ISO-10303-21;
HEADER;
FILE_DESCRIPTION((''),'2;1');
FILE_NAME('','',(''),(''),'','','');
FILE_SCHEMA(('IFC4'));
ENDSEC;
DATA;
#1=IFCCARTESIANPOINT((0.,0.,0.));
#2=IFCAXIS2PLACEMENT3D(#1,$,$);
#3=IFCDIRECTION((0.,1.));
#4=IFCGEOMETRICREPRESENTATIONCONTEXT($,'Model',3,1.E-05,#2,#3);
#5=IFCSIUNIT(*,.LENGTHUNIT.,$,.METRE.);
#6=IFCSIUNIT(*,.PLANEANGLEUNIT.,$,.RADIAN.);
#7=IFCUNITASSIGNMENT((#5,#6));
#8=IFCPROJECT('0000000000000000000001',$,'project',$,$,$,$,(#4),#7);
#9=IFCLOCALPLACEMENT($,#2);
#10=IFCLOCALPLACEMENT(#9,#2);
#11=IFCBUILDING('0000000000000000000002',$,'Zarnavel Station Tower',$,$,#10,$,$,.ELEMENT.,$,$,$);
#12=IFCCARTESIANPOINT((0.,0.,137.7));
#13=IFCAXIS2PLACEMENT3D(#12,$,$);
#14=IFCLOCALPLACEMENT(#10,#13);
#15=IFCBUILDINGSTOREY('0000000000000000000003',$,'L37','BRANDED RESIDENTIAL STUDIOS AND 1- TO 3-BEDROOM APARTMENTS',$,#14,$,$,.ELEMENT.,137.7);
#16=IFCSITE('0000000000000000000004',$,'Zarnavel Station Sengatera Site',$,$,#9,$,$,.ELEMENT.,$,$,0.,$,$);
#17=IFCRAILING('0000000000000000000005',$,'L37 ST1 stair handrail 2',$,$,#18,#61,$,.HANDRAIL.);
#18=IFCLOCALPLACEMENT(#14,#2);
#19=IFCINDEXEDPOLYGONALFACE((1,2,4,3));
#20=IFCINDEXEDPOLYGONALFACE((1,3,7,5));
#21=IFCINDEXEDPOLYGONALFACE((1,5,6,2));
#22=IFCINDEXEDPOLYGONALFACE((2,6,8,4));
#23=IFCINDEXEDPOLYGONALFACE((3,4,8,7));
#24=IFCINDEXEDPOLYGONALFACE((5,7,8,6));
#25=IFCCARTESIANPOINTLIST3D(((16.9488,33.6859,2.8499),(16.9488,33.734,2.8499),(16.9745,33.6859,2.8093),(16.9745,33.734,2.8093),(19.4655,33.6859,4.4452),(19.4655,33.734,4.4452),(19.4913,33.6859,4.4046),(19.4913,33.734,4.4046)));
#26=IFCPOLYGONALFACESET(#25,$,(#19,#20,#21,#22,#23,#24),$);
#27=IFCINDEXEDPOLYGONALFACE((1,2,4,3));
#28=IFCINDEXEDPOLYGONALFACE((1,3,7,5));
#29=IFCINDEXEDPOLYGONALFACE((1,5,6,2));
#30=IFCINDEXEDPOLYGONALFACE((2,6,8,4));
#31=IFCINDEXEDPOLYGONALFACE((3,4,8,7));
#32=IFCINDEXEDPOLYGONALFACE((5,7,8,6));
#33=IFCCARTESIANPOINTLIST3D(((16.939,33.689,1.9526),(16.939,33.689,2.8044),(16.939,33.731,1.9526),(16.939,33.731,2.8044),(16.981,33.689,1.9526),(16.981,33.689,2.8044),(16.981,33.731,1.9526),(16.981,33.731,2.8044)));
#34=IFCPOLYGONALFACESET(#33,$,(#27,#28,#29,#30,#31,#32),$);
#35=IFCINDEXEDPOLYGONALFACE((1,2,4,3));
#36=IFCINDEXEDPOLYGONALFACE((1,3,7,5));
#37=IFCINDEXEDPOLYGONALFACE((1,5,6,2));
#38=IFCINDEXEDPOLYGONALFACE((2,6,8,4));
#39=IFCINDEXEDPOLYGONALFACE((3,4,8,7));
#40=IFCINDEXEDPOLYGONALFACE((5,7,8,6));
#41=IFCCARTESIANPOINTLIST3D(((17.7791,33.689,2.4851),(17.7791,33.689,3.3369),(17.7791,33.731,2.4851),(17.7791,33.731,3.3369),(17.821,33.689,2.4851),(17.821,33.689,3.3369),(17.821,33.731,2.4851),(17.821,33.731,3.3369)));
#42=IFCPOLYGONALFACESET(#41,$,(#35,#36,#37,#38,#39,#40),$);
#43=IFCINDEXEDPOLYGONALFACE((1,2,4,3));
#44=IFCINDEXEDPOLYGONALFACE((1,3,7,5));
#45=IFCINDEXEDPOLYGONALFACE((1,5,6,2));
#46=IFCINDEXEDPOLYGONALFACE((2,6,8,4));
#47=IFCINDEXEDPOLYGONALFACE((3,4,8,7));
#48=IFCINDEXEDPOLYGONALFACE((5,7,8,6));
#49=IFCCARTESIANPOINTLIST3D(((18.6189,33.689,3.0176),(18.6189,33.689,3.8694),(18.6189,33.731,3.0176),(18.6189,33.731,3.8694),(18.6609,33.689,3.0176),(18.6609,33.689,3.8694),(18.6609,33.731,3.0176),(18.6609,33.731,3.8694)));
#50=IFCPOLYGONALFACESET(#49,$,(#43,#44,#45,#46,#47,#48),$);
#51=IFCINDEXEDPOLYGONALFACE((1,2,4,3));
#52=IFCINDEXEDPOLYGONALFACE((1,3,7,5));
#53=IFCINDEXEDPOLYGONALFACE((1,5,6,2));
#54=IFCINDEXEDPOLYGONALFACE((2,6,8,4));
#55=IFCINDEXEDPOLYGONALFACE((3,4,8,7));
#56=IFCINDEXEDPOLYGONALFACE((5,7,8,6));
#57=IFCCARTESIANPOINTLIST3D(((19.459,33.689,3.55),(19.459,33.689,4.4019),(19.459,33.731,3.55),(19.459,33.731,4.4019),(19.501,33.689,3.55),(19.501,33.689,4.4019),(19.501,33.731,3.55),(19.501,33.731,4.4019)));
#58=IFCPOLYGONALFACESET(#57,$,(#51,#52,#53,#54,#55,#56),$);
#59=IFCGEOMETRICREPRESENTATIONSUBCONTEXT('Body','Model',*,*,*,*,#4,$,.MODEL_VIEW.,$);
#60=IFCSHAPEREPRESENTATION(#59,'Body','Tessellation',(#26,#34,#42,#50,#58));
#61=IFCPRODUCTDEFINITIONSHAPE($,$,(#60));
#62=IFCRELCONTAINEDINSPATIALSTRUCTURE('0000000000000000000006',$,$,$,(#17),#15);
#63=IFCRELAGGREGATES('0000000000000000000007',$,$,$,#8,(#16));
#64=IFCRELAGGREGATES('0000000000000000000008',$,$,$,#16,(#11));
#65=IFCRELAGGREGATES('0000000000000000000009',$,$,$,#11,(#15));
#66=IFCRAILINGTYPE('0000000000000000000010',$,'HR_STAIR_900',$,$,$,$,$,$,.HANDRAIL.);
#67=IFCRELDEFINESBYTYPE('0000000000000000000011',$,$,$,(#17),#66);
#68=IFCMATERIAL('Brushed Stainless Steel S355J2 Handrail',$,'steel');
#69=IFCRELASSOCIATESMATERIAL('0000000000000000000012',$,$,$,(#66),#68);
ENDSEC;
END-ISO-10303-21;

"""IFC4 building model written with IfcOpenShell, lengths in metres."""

from ifc_helpers import new_model, si_unit, direction, frame, origin, origin_2d, place, context, subcontext, project, spatial, rectangle, extrude, material, type_object, element, save


model = new_model("IFC4")

# Units and contexts
model_context = context("Model", 3, precision=1e-05, world=origin(), true_north=direction((0.0, 1.0)))
body_context = subcontext(model_context, "Body", "Model", "MODEL_VIEW")
ifc_project = project(units=[si_unit("LENGTHUNIT", "METRE"), si_unit("PLANEANGLEUNIT", "RADIAN")], contexts=[model_context])

# Site, building, storey
site_placement = place(None, origin())
site = spatial("IfcSite", under=ifc_project, at=site_placement, Name="Zarnavel Station Sengatera Site", CompositionType="ELEMENT", RefElevation=0.0)
building_placement = place(site_placement, origin())
building = spatial("IfcBuilding", under=site, at=building_placement, Name="Zarnavel Station Tower", CompositionType="ELEMENT")
storey_placement = place(building_placement, frame((0.0, 0.0, 137.7)))
storey = spatial("IfcBuildingStorey", under=building, at=storey_placement, Name="L37", Description="BRANDED RESIDENTIAL STUDIOS AND 1- TO 3-BEDROOM APARTMENTS", CompositionType="ELEMENT", Elevation=137.7)

# Railing
ifc_material_1 = material(Name="Brushed Stainless Steel S355J2 Handrail", Category="steel")
railing_type_1 = type_object("IfcRailingType", Name="HR_STAIR_900", PredefinedType="HANDRAIL", material=ifc_material_1)
railing_1_placement = place(storey_placement, frame((16.96, 33.71, 1.9526)))
element("IfcRailing", 1, at=railing_1_placement, inside=storey, type_object=railing_type_1, Name="L37 ST1 stair handrail 2", PredefinedType="HANDRAIL", context=body_context, shape_type="SweptSolid", body=[
    extrude(rectangle(XDim=0.0481, YDim=0.0481, at=origin_2d()), frame((0.0017, 0.0, 0.877), z_axis=(0.844607, 0.0, 0.535387), x_axis=(0.0, 1.0, 0.0)), (0.0, 0.0, 1.0), 2.9797),
    extrude(rectangle(XDim=0.042, YDim=0.042, at=origin_2d()), origin(), (0.0, 0.0, 1.0), 0.8518),
    extrude(rectangle(XDim=0.042, YDim=0.042, at=origin_2d()), frame((0.8401, 0.0, 0.5325)), (0.0, 0.0, 1.0), 0.8518),
    extrude(rectangle(XDim=0.042, YDim=0.042, at=origin_2d()), frame((1.6799, 0.0, 1.0649)), (0.0, 0.0, 1.0), 0.8518),
    extrude(rectangle(XDim=0.042, YDim=0.042, at=origin_2d()), frame((2.52, 0.0, 1.5974)), (0.0, 0.0, 1.0), 0.8518),
])

save(model, "model.ifc")
